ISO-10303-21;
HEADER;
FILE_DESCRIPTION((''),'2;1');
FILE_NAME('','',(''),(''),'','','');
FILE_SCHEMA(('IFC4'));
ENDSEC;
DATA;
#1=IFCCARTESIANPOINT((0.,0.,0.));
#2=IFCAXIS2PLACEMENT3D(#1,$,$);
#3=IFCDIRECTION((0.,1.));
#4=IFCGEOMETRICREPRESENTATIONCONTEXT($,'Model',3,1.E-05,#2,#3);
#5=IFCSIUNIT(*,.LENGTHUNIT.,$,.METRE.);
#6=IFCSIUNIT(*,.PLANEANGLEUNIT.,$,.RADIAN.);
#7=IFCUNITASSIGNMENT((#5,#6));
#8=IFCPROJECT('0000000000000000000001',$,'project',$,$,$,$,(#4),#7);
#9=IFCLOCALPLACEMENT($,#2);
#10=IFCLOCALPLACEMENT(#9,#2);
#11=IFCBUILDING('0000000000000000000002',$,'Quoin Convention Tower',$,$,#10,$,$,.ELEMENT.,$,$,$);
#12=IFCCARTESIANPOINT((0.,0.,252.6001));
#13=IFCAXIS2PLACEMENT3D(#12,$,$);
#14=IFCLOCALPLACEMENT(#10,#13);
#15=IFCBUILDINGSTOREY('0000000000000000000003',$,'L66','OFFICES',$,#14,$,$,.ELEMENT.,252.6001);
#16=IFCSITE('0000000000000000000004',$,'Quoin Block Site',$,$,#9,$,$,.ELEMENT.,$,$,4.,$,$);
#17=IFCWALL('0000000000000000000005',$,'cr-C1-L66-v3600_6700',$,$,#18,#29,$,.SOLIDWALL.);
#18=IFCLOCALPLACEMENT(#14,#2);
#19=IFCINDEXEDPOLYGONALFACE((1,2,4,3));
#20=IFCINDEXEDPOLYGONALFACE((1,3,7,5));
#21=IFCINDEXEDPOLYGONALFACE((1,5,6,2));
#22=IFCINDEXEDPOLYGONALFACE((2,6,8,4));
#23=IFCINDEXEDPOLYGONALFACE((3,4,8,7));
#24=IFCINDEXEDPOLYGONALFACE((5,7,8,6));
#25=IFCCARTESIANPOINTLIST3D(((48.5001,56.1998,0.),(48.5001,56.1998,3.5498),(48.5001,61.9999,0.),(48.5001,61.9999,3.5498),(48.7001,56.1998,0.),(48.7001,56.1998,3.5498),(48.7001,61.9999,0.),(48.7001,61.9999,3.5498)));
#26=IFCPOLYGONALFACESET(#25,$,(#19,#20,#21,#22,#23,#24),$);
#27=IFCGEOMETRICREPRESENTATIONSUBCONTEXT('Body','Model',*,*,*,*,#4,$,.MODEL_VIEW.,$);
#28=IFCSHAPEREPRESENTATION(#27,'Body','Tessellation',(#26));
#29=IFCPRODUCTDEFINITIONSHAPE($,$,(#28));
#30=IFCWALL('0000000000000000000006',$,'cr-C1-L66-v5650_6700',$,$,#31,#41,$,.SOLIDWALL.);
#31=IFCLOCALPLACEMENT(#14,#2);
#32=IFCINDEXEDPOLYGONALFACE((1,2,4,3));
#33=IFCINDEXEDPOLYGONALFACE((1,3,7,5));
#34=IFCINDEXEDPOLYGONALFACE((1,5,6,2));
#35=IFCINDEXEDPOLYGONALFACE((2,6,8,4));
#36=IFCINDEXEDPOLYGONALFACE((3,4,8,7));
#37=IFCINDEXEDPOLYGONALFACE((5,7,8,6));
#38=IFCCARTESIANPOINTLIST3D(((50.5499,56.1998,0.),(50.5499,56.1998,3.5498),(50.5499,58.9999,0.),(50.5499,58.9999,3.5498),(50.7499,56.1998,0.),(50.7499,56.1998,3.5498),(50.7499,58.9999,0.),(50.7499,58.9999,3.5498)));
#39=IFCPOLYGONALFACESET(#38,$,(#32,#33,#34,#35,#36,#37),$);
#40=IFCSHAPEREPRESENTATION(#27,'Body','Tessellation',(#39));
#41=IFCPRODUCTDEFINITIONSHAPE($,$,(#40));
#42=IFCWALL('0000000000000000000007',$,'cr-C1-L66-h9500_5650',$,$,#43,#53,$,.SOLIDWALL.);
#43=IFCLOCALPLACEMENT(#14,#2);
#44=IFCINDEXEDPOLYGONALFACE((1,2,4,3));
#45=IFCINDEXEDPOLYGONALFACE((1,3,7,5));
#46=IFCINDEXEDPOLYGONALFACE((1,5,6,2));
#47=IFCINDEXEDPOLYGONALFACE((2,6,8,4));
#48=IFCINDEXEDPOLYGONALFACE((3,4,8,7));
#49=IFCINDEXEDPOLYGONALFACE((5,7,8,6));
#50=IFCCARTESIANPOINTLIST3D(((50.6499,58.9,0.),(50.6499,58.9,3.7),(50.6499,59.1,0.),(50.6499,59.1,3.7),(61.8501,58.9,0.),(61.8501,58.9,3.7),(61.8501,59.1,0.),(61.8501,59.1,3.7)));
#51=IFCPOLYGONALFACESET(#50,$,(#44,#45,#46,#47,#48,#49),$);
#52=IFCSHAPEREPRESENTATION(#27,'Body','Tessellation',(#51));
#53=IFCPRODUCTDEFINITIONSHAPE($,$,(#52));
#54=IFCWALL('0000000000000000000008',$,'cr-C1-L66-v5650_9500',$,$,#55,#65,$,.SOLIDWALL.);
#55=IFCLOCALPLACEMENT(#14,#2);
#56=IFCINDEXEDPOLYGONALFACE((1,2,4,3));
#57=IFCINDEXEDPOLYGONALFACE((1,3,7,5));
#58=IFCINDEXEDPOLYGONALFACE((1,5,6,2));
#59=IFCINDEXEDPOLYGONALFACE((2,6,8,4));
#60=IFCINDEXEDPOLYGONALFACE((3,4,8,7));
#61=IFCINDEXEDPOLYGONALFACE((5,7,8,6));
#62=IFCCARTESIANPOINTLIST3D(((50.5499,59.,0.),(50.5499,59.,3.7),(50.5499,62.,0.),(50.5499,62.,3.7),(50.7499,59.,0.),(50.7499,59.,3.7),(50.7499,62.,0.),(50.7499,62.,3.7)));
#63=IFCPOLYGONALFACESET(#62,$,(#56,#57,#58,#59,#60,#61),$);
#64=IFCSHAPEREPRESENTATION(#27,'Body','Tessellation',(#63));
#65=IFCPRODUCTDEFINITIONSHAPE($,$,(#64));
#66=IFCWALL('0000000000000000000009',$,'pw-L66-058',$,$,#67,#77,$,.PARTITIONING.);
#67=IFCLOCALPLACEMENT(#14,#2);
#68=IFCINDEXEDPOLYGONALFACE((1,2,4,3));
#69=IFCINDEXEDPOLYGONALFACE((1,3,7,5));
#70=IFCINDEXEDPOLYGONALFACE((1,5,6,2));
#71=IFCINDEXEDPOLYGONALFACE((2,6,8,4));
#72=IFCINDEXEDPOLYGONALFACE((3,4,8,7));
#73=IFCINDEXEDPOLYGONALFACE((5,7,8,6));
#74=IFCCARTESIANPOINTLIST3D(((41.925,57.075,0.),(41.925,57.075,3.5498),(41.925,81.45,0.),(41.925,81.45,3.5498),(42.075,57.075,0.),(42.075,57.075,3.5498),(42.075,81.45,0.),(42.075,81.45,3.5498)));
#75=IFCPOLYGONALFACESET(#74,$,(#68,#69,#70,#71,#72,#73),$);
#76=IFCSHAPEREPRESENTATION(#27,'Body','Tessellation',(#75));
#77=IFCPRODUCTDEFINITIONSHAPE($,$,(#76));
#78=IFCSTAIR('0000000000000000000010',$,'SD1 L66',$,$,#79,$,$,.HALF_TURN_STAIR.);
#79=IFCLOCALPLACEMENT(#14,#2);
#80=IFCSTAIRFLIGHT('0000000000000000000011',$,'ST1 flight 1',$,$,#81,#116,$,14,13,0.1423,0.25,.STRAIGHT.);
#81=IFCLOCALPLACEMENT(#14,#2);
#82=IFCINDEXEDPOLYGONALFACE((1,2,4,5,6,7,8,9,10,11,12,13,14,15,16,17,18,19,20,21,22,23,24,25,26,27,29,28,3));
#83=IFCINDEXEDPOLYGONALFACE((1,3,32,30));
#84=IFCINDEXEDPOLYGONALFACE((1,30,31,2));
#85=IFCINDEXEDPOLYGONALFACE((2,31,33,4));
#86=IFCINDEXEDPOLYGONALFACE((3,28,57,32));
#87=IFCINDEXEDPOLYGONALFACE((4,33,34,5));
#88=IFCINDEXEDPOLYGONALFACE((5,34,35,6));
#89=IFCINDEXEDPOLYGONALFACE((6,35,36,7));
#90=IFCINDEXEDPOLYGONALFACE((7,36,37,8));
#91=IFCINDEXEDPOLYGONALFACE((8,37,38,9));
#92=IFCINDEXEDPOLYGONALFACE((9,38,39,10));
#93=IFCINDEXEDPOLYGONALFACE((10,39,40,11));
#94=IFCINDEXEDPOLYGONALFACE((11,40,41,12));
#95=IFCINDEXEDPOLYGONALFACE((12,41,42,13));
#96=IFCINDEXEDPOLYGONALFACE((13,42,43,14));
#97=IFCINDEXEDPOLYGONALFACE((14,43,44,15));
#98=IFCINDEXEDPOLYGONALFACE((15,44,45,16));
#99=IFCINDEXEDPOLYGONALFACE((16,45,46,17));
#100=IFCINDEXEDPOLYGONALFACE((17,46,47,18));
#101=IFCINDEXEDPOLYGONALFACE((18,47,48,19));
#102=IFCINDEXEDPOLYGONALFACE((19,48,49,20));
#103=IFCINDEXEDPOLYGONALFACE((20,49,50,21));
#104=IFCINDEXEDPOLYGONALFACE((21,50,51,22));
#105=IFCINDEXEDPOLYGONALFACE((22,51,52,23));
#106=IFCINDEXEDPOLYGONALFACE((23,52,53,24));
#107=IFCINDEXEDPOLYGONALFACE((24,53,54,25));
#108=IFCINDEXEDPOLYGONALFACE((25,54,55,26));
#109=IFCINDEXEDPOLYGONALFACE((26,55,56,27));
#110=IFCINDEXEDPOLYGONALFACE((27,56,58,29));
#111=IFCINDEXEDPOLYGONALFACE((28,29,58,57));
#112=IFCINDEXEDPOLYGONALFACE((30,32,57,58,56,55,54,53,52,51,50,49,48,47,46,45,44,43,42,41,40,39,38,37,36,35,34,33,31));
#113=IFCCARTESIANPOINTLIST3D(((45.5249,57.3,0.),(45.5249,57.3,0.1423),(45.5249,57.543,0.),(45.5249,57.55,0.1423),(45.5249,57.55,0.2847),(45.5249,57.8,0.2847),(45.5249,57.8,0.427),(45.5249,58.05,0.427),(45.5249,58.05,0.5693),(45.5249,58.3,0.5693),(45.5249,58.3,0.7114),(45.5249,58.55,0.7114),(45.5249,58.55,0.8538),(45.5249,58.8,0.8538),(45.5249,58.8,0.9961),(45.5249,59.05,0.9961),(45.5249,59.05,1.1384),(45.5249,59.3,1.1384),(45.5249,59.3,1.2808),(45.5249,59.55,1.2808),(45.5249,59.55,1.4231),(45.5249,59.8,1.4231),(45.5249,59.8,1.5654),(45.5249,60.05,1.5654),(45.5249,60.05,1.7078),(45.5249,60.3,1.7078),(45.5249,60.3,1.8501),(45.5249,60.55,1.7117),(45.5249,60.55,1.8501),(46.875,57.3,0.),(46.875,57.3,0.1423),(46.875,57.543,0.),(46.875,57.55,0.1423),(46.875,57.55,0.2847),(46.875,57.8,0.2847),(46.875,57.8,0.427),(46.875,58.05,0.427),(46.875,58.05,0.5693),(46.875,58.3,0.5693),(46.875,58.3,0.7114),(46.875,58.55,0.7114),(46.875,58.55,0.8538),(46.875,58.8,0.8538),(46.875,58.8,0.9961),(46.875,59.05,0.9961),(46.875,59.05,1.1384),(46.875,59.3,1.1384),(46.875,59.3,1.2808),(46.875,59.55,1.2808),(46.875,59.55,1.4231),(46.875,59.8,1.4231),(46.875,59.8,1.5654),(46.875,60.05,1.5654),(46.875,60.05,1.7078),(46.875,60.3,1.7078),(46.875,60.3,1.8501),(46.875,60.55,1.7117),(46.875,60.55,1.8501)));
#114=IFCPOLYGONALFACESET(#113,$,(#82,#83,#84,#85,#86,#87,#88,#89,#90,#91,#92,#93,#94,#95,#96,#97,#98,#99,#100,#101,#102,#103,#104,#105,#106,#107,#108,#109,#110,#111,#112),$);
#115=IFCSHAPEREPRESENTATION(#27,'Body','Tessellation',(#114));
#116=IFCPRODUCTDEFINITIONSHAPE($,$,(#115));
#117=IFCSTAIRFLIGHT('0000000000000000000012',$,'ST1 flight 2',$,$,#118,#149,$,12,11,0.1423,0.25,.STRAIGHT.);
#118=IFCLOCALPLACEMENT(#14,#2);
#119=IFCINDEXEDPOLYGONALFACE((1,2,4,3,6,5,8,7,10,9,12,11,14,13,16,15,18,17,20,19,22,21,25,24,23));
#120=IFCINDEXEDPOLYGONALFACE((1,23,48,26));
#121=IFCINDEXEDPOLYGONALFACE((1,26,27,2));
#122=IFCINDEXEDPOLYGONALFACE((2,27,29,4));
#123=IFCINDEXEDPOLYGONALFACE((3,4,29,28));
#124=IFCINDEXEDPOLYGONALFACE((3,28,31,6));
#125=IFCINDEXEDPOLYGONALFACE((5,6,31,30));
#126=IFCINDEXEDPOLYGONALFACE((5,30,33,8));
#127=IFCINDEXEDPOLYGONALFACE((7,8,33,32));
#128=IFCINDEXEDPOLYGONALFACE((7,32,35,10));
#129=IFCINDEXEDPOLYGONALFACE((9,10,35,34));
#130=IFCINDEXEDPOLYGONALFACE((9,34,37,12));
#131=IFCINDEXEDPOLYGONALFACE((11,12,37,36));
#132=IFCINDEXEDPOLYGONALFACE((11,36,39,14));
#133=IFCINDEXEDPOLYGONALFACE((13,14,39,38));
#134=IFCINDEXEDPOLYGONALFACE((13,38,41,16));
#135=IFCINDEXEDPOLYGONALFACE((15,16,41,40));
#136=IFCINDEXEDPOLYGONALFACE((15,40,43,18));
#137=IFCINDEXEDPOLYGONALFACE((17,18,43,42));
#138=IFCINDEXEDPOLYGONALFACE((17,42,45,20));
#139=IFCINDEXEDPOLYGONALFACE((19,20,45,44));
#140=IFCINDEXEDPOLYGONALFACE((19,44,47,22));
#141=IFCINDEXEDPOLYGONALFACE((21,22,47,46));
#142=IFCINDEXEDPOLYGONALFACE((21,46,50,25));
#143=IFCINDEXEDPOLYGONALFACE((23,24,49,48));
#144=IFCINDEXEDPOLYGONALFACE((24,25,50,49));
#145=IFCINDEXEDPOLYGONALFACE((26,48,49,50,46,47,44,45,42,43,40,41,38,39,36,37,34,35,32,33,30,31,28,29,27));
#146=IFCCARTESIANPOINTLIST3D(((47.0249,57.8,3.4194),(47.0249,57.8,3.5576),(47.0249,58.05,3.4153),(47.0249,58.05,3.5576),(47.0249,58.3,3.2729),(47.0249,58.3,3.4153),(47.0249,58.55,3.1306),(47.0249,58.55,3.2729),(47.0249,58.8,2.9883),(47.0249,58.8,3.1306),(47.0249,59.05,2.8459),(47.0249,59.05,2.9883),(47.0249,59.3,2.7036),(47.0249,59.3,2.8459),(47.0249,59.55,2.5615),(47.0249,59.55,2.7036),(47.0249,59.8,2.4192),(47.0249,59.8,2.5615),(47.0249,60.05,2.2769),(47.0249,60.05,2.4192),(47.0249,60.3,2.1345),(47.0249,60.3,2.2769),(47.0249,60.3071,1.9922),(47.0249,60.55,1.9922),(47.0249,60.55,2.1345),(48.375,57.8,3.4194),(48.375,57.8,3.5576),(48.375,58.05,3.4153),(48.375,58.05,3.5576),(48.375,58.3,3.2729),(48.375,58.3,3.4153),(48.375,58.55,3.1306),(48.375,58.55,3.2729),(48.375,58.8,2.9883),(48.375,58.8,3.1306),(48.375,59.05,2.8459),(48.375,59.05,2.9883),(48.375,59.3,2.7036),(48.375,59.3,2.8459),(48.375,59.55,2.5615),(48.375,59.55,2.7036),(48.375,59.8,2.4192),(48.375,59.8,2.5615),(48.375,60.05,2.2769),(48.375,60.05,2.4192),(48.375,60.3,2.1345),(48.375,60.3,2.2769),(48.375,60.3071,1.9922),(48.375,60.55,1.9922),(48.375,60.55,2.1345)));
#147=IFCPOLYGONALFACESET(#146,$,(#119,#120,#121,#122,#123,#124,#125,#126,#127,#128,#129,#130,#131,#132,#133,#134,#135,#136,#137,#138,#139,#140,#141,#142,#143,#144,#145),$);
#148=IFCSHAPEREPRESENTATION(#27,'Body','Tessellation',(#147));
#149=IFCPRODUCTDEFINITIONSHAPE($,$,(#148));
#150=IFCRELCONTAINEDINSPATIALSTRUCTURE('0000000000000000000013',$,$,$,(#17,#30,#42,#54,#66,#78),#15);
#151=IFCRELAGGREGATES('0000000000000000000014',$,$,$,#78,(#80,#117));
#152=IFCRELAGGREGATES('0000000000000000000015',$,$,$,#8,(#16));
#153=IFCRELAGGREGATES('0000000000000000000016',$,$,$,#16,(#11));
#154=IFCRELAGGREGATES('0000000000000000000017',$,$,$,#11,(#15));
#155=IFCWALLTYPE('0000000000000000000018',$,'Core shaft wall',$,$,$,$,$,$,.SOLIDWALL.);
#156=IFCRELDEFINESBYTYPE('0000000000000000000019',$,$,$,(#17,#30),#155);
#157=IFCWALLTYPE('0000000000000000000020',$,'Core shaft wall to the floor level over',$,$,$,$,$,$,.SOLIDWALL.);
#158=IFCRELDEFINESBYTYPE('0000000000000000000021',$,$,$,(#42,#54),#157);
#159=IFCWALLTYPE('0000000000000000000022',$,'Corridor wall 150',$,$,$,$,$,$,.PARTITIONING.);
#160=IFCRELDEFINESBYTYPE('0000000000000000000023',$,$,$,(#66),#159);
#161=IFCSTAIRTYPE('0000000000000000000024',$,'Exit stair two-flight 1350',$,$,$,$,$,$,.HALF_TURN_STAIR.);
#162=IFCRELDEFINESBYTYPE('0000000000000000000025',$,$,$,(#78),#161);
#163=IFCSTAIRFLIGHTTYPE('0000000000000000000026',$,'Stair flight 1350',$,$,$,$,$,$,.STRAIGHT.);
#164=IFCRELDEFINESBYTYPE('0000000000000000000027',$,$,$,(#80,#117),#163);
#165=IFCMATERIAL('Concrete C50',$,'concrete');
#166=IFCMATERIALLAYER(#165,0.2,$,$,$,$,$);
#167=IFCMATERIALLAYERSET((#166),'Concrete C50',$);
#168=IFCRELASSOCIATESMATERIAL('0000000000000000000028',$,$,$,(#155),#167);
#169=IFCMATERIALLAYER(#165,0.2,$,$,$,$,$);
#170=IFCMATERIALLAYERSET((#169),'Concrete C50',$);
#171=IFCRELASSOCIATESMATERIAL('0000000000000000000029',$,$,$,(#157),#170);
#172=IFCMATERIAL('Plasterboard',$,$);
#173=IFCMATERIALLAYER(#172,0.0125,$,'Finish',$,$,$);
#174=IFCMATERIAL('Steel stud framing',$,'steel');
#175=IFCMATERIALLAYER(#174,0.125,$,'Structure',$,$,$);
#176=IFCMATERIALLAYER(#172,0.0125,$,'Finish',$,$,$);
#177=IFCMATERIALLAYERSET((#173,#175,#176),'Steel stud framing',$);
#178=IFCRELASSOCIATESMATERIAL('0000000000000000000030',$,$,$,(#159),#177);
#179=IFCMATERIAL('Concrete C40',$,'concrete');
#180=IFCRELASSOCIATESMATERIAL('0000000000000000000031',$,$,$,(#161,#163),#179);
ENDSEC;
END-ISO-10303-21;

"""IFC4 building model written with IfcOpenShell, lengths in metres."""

from ifc_helpers import new_model, si_unit, direction, frame, frame_2d, origin, place, context, subcontext, project, spatial, polyline, rectangle, outline, extrude, material, layer, layer_set, type_object, element, aggregate, save


model = new_model("IFC4")

# Units and contexts
model_context = context("Model", 3, precision=1e-05, world=origin(), true_north=direction((0.0, 1.0)))
body_context = subcontext(model_context, "Body", "Model", "MODEL_VIEW")
ifc_project = project(units=[si_unit("LENGTHUNIT", "METRE"), si_unit("PLANEANGLEUNIT", "RADIAN")], contexts=[model_context])

# Site, building, storey
site_placement = place(None, origin())
site = spatial("IfcSite", under=ifc_project, at=site_placement, Name="Quoin Block Site", CompositionType="ELEMENT", RefElevation=4.0)
building_placement = place(site_placement, origin())
building = spatial("IfcBuilding", under=site, at=building_placement, Name="Quoin Convention Tower", CompositionType="ELEMENT")
storey_placement = place(building_placement, frame((0.0, 0.0, 252.6001)))
storey = spatial("IfcBuildingStorey", under=building, at=storey_placement, Name="L66", Description="OFFICES", CompositionType="ELEMENT", Elevation=252.6001)

# Walls
ifc_material_1 = material(Name="Concrete C50", Category="concrete")
ifc_layer_1 = layer(ifc_material_1, 0.2)
ifc_layer_set_1 = layer_set([ifc_layer_1], Name="Concrete C50")
wall_type_1 = type_object("IfcWallType", Name="Core shaft wall", PredefinedType="SOLIDWALL", material=ifc_layer_set_1)
wall_1_placement = place(storey_placement, frame((48.6001, 56.2, 0.0), z_axis=(0.0, 0.0, 1.0), x_axis=(0.0, 1.0, 0.0)))
element("IfcWall", 1, at=wall_1_placement, inside=storey, type_object=wall_type_1, Name="cr-C1-L66-v3600_6700", PredefinedType="SOLIDWALL", context=body_context, shape_type="SweptSolid", body=[
    extrude(rectangle(XDim=5.8, YDim=0.2, at=frame_2d((2.8999, 0.0))), origin(), (0.0, 0.0, 1.0), 3.5498),
])
wall_2_placement = place(storey_placement, frame((50.6499, 56.2, 0.0), z_axis=(0.0, 0.0, 1.0), x_axis=(0.0, 1.0, 0.0)))
element("IfcWall", 2, at=wall_2_placement, inside=storey, type_object=wall_type_1, Name="cr-C1-L66-v5650_6700", PredefinedType="SOLIDWALL", context=body_context, shape_type="SweptSolid", body=[
    extrude(rectangle(XDim=2.8, YDim=0.2, at=frame_2d((1.3999, 0.0))), origin(), (0.0, 0.0, 1.0), 3.5498),
])
ifc_layer_2 = layer(ifc_material_1, 0.2)
ifc_layer_set_2 = layer_set([ifc_layer_2], Name="Concrete C50")
wall_type_2 = type_object("IfcWallType", Name="Core shaft wall to the floor level over", PredefinedType="SOLIDWALL", material=ifc_layer_set_2)
wall_3_placement = place(storey_placement, frame((50.6499, 59.0, 0.0), z_axis=(0.0, 0.0, 1.0), x_axis=(1.0, 0.0, 0.0)))
element("IfcWall", 3, at=wall_3_placement, inside=storey, type_object=wall_type_2, Name="cr-C1-L66-h9500_5650", PredefinedType="SOLIDWALL", context=body_context, shape_type="SweptSolid", body=[
    extrude(rectangle(XDim=11.2002, YDim=0.2, at=frame_2d((5.6001, 0.0))), origin(), (0.0, 0.0, 1.0), 3.7),
])
wall_4_placement = place(storey_placement, frame((50.6499, 59.0, 0.0), z_axis=(0.0, 0.0, 1.0), x_axis=(0.0, 1.0, 0.0)))
element("IfcWall", 4, at=wall_4_placement, inside=storey, type_object=wall_type_2, Name="cr-C1-L66-v5650_9500", PredefinedType="SOLIDWALL", context=body_context, shape_type="SweptSolid", body=[
    extrude(rectangle(XDim=3.0, YDim=0.2, at=frame_2d((1.5, 0.0))), origin(), (0.0, 0.0, 1.0), 3.7),
])
ifc_material_2 = material(Name="Plasterboard")
ifc_layer_3 = layer(ifc_material_2, 0.0125, Name="Finish")
ifc_material_3 = material(Name="Steel stud framing", Category="steel")
ifc_layer_4 = layer(ifc_material_3, 0.125, Name="Structure")
ifc_layer_5 = layer(ifc_material_2, 0.0125, Name="Finish")
ifc_layer_set_3 = layer_set([ifc_layer_3, ifc_layer_4, ifc_layer_5], Name="Steel stud framing")
wall_type_3 = type_object("IfcWallType", Name="Corridor wall 150", PredefinedType="PARTITIONING", material=ifc_layer_set_3)
wall_5_placement = place(storey_placement, frame((42.0, 57.075, 0.0), z_axis=(0.0, 0.0, 1.0), x_axis=(0.0, 1.0, 0.0)))
element("IfcWall", 5, at=wall_5_placement, inside=storey, type_object=wall_type_3, Name="pw-L66-058", PredefinedType="PARTITIONING", context=body_context, shape_type="SweptSolid", body=[
    extrude(rectangle(XDim=24.375, YDim=0.1499, at=frame_2d((12.1875, 0.0))), origin(), (0.0, 0.0, 1.0), 3.5498),
])

# Stair, stair flights
ifc_material_4 = material(Name="Concrete C40", Category="concrete")
stair_type = type_object("IfcStairType", Name="Exit stair two-flight 1350", PredefinedType="HALF_TURN_STAIR", material=ifc_material_4)
stair_placement = place(storey_placement, origin())
stair = element("IfcStair", 6, at=stair_placement, inside=storey, type_object=stair_type, Name="SD1 L66", PredefinedType="HALF_TURN_STAIR")
stair_flight_type = type_object("IfcStairFlightType", Name="Stair flight 1350", PredefinedType="STRAIGHT", material=ifc_material_4)
stair_flight_1_placement = place(storey_placement, frame((46.2, 57.3, 0.0), z_axis=(0.0, 0.0, 1.0), x_axis=(0.0, 1.0, 0.0)))
stair_flight_1 = element("IfcStairFlight", 7, at=stair_flight_1_placement, type_object=stair_flight_type, Name="ST1 flight 1", NumberOfRisers=14, NumberOfTreads=13, PredefinedType="STRAIGHT", RiserHeight=0.1423, TreadLength=0.25, context=body_context, shape_type="SweptSolid", body=[
    extrude(outline(polyline([(0.0, 0.0), (0.0, 0.1423), (0.25, 0.1423), (0.25, 0.2847), (0.5, 0.2847), (0.5, 0.427), (0.75, 0.427), (0.75, 0.5693), (1.0, 0.5693), (1.0, 0.7114), (1.25, 0.7114), (1.25, 0.8538), (1.5, 0.8538), (1.5, 0.9961), (1.75, 0.9961), (1.75, 1.1384), (2.0, 1.1384), (2.0, 1.2808), (2.25, 1.2808), (2.25, 1.4231), (2.5, 1.4231), (2.5, 1.5654), (2.75, 1.5654), (2.75, 1.7078), (3.0, 1.7078), (3.0, 1.8501), (3.25, 1.8501), (3.25, 1.9922), (3.25, 1.7117), (0.2429, 0.0), (0.0, 0.0)])), frame((0.0, 0.675, 0.0), z_axis=(0.0, -1.0, 0.0), x_axis=(1.0, 0.0, 0.0)), (0.0, 0.0, 1.0), 1.3501),
])
stair_flight_2_placement = place(storey_placement, frame((47.7, 60.55, 1.9922), z_axis=(0.0, 0.0, 1.0), x_axis=(0.0, -1.0, 0.0)))
stair_flight_2 = element("IfcStairFlight", 8, at=stair_flight_2_placement, type_object=stair_flight_type, Name="ST1 flight 2", NumberOfRisers=12, NumberOfTreads=11, PredefinedType="STRAIGHT", RiserHeight=0.1423, TreadLength=0.25, context=body_context, shape_type="SweptSolid", body=[
    extrude(outline(polyline([(0.0, 0.0), (0.0, 0.1423), (0.25, 0.1423), (0.25, 0.2847), (0.5, 0.2847), (0.5, 0.427), (0.75, 0.427), (0.75, 0.5693), (1.0, 0.5693), (1.0, 0.7114), (1.25, 0.7114), (1.25, 0.8538), (1.5, 0.8538), (1.5, 0.9961), (1.75, 0.9961), (1.75, 1.1384), (2.0, 1.1384), (2.0, 1.2808), (2.25, 1.2808), (2.25, 1.4231), (2.5, 1.4231), (2.5, 1.5654), (2.75, 1.5654), (2.75, 1.7078), (2.75, 1.4272), (0.2429, 0.0), (0.0, 0.0)])), frame((0.0, 0.675, 0.0), z_axis=(0.0, -1.0, 0.0), x_axis=(1.0, 0.0, 0.0)), (0.0, 0.0, 1.0), 1.3501),
])
aggregate(stair, [stair_flight_1, stair_flight_2])

save(model, "model.ifc")
